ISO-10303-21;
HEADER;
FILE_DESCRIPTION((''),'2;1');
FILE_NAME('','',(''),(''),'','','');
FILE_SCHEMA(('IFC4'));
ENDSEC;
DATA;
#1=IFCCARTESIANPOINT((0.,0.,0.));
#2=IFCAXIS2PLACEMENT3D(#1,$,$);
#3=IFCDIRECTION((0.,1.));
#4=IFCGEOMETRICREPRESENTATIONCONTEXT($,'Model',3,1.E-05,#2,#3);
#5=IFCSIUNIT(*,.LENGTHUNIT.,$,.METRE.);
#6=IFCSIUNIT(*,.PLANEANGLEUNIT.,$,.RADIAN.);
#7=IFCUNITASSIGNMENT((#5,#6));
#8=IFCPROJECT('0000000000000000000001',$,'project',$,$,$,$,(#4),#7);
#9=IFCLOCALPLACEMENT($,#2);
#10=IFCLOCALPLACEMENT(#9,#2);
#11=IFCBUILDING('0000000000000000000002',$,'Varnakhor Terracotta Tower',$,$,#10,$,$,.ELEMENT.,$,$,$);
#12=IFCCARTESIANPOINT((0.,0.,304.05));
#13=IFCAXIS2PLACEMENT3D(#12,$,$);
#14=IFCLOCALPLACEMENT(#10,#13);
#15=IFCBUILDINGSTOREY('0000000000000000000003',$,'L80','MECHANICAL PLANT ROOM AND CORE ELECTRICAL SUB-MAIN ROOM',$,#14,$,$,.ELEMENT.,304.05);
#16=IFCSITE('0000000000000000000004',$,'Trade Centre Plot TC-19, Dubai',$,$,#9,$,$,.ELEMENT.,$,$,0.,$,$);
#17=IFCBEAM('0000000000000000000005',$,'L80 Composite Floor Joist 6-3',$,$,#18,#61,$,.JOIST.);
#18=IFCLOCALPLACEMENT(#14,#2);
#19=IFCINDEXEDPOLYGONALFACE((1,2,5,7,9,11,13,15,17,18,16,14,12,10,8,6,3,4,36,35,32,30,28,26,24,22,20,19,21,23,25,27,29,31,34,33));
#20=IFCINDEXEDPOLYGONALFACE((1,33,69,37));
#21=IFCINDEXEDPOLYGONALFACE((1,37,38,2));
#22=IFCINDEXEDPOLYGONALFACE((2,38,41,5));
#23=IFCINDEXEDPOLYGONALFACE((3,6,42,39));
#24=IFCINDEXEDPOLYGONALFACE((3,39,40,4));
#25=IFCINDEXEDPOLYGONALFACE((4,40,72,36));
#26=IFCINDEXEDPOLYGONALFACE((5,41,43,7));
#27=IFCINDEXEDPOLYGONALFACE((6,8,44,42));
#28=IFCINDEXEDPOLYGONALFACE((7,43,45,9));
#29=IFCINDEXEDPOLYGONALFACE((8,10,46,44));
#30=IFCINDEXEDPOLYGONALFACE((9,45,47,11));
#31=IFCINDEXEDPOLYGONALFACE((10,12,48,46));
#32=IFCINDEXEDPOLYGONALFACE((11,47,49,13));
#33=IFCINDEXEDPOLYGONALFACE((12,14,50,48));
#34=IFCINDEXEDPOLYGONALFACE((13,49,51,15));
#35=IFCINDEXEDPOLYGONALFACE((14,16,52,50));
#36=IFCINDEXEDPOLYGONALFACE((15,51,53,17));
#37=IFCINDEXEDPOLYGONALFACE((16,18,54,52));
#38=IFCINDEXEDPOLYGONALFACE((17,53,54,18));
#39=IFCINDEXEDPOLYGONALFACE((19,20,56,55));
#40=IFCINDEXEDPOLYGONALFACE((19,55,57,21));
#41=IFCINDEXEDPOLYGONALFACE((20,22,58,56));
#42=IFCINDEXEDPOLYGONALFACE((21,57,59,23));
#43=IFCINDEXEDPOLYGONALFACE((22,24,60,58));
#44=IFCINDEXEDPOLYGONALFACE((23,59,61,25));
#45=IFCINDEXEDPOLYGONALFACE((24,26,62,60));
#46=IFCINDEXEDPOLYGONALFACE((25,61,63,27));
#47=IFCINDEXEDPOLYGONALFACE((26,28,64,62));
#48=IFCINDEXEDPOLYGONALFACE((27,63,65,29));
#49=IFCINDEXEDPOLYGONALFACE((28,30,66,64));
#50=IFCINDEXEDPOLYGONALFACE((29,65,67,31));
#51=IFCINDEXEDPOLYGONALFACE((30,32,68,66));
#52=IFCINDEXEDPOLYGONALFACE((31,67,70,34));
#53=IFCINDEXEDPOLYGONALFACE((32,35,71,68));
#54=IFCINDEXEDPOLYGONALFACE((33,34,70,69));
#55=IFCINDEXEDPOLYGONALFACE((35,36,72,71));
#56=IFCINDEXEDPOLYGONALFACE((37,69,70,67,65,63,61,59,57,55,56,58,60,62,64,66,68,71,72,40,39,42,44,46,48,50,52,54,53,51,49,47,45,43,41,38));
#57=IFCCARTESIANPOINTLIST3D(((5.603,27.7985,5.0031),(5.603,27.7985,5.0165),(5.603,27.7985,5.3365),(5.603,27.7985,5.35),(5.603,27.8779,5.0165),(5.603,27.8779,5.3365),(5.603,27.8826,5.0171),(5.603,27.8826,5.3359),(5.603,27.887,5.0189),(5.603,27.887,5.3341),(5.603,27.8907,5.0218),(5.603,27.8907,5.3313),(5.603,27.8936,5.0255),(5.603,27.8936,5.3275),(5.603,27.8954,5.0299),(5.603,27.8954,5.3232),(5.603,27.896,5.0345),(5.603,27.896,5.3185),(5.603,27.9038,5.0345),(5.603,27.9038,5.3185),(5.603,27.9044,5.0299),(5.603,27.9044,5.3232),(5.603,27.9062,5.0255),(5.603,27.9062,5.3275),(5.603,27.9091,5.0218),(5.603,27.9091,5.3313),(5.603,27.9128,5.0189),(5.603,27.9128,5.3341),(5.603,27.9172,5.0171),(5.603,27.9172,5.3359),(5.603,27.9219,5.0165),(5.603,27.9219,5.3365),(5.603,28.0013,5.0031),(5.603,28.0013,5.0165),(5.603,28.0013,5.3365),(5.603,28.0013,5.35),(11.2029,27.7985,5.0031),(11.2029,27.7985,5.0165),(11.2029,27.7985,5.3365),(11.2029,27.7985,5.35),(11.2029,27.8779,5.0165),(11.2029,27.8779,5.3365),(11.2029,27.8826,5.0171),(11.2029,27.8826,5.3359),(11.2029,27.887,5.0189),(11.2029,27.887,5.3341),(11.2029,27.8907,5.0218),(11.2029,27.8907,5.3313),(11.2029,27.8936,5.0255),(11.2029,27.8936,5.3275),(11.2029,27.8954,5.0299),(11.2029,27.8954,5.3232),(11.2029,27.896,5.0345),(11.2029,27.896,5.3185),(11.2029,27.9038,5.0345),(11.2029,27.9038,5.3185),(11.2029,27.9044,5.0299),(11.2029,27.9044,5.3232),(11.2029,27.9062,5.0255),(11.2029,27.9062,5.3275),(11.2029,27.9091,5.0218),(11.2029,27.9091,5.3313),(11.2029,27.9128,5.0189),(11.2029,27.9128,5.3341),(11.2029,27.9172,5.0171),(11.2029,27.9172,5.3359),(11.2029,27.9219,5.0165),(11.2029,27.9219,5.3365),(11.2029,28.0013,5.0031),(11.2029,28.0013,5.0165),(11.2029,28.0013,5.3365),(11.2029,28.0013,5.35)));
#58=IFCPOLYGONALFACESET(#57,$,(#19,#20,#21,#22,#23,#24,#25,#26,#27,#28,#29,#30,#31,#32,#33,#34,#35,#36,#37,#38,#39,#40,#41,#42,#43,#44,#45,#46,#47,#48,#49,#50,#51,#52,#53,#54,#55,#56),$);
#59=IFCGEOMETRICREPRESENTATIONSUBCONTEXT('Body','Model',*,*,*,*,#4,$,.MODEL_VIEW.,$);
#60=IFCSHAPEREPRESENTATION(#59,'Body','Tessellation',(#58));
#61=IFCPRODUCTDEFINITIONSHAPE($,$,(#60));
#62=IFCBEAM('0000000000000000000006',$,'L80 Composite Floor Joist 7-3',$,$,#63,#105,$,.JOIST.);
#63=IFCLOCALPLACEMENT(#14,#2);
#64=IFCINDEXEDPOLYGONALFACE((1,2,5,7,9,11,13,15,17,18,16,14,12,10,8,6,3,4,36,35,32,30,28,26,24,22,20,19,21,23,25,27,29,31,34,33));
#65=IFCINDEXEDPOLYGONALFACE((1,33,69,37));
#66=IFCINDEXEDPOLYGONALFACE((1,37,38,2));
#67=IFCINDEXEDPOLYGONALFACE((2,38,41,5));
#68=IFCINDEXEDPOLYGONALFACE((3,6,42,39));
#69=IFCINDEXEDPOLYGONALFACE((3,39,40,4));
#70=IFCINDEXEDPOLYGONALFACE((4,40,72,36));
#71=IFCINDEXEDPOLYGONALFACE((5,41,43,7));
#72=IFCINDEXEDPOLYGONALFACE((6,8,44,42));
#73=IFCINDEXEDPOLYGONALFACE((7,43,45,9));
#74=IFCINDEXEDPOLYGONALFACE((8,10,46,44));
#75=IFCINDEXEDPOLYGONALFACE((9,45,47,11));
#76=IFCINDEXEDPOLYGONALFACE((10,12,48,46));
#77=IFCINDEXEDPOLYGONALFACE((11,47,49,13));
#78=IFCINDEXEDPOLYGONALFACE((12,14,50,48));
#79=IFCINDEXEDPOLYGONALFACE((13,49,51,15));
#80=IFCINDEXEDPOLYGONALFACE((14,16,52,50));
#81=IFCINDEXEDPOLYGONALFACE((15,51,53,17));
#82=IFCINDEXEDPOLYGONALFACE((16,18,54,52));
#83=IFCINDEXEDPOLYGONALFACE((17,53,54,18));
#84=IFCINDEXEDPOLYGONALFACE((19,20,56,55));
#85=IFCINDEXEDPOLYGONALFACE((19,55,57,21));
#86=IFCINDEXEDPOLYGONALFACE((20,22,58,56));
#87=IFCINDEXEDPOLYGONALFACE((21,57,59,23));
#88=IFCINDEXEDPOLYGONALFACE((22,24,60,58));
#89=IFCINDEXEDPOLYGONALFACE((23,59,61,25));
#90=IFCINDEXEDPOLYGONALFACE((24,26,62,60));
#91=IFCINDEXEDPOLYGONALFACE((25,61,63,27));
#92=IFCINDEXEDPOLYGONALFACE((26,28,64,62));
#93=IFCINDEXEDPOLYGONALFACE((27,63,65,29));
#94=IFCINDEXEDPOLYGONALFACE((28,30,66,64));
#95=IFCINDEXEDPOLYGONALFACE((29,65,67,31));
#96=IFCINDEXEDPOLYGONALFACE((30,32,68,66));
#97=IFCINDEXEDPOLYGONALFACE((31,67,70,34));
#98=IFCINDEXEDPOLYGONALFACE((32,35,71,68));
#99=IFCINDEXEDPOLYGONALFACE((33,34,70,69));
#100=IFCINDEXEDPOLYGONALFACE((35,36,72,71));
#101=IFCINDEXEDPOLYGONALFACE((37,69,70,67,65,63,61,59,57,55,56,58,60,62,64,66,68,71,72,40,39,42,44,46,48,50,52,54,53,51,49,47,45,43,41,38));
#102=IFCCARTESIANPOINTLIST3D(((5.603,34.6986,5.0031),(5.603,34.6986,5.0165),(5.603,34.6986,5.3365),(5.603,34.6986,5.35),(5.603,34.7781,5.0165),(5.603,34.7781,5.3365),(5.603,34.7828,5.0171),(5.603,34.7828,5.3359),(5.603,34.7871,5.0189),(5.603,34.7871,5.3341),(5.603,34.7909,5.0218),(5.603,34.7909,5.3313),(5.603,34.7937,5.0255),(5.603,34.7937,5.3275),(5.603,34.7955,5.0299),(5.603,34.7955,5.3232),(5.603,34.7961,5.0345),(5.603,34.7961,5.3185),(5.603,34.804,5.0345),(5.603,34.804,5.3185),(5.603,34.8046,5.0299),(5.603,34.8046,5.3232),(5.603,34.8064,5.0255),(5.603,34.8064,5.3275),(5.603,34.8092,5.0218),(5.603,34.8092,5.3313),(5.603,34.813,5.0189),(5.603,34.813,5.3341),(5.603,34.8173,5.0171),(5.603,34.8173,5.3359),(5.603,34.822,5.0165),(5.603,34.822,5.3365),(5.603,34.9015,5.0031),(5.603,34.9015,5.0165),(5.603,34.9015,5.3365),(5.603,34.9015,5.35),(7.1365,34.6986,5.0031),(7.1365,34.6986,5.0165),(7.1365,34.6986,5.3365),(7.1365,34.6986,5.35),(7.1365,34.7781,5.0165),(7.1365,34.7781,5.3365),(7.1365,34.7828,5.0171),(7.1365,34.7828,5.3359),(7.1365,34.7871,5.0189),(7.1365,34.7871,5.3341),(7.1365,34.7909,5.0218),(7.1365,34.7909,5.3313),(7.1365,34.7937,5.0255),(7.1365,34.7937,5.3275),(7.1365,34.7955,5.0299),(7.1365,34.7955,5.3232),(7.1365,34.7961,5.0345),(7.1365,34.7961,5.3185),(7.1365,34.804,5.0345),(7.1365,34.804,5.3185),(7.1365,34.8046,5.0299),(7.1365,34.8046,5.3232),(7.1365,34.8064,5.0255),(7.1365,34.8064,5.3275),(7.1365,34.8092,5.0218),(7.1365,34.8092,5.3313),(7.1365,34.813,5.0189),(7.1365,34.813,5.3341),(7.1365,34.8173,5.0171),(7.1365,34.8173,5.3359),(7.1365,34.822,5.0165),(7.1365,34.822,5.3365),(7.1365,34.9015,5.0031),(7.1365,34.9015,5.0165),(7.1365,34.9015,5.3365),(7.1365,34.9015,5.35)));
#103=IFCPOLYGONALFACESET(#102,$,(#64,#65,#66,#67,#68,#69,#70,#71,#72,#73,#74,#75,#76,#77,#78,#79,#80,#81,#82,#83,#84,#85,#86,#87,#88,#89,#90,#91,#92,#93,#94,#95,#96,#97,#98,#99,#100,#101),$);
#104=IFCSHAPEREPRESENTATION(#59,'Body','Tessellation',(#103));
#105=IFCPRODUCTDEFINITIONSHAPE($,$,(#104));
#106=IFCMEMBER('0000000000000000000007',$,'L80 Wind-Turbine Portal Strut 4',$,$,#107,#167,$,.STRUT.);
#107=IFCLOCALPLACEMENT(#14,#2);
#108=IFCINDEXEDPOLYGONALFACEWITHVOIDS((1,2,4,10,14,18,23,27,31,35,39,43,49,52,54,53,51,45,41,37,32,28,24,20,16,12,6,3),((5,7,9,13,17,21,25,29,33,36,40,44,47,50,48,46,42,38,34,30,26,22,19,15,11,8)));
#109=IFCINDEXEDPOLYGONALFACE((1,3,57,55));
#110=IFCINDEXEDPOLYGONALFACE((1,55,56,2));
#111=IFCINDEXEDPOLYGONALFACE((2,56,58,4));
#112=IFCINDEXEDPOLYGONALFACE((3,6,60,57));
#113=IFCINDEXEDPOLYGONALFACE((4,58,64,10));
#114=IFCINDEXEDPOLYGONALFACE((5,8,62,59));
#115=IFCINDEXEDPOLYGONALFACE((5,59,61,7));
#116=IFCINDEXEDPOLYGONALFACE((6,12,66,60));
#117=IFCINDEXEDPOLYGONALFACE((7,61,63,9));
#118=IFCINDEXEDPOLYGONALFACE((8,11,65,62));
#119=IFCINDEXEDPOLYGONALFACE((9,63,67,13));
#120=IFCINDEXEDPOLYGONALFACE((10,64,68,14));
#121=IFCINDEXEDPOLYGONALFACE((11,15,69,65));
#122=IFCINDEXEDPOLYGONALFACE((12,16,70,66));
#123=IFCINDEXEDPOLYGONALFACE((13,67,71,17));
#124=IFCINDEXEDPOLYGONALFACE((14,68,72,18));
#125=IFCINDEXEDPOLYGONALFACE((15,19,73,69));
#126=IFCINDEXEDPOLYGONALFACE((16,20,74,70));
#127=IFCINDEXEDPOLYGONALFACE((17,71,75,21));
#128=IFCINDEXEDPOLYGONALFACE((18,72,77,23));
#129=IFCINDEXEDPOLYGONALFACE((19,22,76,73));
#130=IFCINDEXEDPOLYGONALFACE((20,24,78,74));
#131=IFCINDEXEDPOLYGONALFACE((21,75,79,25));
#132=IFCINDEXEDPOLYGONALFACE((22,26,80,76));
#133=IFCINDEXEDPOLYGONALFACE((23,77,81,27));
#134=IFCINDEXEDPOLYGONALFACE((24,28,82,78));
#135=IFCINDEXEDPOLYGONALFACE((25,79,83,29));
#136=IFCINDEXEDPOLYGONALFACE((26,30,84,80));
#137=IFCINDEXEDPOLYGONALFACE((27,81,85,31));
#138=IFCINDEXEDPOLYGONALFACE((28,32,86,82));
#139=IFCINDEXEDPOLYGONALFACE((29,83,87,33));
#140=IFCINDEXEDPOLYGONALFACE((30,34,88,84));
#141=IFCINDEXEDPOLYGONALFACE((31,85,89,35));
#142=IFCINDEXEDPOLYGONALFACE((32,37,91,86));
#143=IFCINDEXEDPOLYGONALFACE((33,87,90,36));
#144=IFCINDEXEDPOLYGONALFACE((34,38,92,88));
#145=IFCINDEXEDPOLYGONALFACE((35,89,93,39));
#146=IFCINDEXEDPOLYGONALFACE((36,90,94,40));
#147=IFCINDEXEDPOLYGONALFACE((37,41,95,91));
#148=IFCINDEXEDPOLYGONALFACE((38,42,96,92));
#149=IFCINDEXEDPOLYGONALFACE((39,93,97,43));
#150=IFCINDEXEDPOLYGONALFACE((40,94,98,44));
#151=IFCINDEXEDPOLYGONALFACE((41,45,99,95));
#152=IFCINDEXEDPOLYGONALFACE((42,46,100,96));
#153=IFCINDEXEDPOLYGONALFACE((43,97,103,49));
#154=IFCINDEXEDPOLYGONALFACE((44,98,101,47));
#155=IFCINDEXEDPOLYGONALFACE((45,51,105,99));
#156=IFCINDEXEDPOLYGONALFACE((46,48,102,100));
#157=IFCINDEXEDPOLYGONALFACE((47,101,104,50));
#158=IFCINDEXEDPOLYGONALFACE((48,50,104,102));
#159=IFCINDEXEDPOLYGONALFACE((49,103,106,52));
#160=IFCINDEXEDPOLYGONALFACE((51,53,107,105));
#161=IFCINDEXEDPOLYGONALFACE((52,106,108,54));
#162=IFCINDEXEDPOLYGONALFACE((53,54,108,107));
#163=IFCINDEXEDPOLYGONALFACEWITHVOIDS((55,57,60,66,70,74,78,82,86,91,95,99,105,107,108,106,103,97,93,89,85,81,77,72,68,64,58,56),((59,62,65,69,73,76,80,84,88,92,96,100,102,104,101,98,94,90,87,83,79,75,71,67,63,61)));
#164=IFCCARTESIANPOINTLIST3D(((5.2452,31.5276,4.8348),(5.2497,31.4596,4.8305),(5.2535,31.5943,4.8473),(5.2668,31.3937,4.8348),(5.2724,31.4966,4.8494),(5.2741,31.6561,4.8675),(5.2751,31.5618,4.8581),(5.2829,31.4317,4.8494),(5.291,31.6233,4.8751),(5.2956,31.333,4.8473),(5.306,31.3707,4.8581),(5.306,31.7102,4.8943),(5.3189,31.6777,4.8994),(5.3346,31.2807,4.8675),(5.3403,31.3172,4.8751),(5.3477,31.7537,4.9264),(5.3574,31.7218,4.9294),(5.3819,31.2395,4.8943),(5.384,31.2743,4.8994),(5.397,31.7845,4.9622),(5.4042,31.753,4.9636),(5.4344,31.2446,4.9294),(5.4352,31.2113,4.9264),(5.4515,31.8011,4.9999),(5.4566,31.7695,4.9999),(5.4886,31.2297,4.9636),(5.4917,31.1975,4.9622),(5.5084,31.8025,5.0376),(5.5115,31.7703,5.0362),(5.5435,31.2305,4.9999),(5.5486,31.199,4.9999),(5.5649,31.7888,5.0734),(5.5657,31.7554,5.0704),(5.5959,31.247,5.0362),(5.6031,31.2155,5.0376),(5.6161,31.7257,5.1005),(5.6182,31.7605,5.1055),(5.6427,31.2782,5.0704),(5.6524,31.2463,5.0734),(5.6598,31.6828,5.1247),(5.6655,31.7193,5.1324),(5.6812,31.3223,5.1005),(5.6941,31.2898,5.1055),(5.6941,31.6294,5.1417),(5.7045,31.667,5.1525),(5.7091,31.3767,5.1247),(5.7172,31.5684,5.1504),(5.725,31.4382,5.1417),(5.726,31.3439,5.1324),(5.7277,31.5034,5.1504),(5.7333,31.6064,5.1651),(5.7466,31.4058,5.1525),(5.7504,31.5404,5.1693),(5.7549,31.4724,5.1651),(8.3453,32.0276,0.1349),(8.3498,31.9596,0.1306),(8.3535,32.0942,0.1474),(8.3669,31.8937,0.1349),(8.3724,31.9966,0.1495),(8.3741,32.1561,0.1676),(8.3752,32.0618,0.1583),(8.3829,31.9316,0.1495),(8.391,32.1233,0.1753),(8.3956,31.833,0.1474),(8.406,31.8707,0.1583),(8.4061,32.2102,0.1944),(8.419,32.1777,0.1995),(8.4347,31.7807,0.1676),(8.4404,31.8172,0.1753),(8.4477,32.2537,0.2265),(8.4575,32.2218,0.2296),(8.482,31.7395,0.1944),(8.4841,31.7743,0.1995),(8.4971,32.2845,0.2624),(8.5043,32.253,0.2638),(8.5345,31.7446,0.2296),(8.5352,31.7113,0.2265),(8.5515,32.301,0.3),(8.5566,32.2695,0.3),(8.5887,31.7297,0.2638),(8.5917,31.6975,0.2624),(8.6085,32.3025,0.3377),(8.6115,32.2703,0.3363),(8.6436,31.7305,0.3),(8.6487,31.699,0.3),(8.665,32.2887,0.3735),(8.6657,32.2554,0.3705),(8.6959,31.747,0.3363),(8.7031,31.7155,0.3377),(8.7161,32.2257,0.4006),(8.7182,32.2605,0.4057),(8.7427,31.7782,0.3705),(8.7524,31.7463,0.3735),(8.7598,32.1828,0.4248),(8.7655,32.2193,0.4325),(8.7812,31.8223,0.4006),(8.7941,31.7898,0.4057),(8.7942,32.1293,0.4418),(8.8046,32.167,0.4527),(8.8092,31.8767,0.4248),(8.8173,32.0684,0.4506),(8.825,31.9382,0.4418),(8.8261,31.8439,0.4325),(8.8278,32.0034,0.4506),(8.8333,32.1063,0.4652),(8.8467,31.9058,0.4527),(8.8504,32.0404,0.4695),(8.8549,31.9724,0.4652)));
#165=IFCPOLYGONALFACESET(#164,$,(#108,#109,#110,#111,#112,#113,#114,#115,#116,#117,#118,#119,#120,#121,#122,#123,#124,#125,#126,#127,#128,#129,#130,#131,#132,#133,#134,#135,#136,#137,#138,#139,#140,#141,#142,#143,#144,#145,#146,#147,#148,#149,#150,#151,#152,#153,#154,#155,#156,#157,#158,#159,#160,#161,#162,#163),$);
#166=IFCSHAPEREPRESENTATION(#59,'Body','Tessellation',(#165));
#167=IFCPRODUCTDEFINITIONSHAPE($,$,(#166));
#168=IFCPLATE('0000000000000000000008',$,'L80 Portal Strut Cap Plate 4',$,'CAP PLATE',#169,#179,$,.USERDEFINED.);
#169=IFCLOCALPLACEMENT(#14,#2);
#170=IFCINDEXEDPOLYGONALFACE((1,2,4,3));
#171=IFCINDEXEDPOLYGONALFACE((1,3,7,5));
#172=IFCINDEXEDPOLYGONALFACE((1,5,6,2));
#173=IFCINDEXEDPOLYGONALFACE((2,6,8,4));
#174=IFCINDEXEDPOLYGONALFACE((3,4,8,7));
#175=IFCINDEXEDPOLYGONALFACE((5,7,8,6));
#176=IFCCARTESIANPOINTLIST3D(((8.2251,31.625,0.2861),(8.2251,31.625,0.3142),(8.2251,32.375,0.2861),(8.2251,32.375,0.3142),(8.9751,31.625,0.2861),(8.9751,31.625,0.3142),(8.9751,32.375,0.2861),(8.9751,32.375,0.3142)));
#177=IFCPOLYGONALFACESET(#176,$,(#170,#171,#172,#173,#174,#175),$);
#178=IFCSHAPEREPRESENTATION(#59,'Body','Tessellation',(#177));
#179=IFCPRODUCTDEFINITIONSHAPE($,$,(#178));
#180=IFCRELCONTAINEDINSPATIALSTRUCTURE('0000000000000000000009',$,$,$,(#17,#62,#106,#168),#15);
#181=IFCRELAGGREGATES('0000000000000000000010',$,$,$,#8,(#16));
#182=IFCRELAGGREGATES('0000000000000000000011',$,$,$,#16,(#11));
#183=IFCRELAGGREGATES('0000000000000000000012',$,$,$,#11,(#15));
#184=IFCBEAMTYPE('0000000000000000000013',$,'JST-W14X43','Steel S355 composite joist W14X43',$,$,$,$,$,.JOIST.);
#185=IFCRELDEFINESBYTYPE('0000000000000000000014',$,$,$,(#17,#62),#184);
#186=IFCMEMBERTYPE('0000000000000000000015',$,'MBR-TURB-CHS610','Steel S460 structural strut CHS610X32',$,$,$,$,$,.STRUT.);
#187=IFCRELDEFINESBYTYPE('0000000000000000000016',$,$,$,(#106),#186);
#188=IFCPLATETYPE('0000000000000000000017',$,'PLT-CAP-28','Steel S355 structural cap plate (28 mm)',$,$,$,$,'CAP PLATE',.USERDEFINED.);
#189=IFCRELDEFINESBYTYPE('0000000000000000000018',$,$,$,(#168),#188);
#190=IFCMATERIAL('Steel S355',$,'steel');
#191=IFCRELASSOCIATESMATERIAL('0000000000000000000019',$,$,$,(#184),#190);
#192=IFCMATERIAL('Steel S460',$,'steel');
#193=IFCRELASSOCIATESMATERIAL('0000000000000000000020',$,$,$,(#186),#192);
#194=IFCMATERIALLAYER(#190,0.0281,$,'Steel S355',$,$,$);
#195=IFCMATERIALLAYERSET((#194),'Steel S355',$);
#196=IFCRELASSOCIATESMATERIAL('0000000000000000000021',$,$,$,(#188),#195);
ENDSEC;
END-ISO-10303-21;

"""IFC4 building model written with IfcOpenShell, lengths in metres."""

from ifc_helpers import new_model, si_unit, direction, frame, origin, origin_2d, place, context, subcontext, project, spatial, rectangle, hollow_circle, i_section, extrude, source, transform, mapped, material, layer, layer_set, material_profile, profile_set, type_object, type_shapes, element, save


model = new_model("IFC4")

# Units and contexts
model_context = context("Model", 3, precision=1e-05, world=origin(), true_north=direction((0.0, 1.0)))
body_context = subcontext(model_context, "Body", "Model", "MODEL_VIEW")
ifc_project = project(units=[si_unit("LENGTHUNIT", "METRE"), si_unit("PLANEANGLEUNIT", "RADIAN")], contexts=[model_context])

# Site, building, storey
site_placement = place(None, origin())
site = spatial("IfcSite", under=ifc_project, at=site_placement, Name="Trade Centre Plot TC-19, Dubai", CompositionType="ELEMENT", RefElevation=0.0)
building_placement = place(site_placement, origin())
building = spatial("IfcBuilding", under=site, at=building_placement, Name="Varnakhor Terracotta Tower", CompositionType="ELEMENT")
storey_placement = place(building_placement, frame((0.0, 0.0, 304.05)))
storey = spatial("IfcBuildingStorey", under=building, at=storey_placement, Name="L80", Description="MECHANICAL PLANT ROOM AND CORE ELECTRICAL SUB-MAIN ROOM", CompositionType="ELEMENT", Elevation=304.05)

# Shared definitions
ifc_material_1 = material(Name="Steel S355", Category="steel")

# Beams
ifc_material_profile_1 = material_profile(ifc_material_1, i_section(OverallWidth=0.2029, OverallDepth=0.3469, WebThickness=0.0078, FlangeThickness=0.0134, FilletRadius=0.0181, at=origin_2d()), Name="W14X43")
ifc_profile_set_1 = profile_set([ifc_material_profile_1], Name="Steel S355")
beam_type_1 = type_object("IfcBeamType", Name="JST-W14X43", Description="Steel S355 composite joist W14X43", PredefinedType="JOIST", material=ifc_profile_set_1)
shared_shape_1 = source(origin(), body_context, "Body", "SweptSolid", [
    extrude(i_section(OverallWidth=0.2029, OverallDepth=0.3469, WebThickness=0.0078, FlangeThickness=0.0134, FilletRadius=0.0181, at=origin_2d()), origin(), (0.0, 0.0, 1.0), 5.5999),
])
beam_1_placement = place(storey_placement, frame((5.603, 27.8999, 5.1765), z_axis=(1.0, 0.0, 0.0), x_axis=(0.0, 1.0, 0.0)))
element("IfcBeam", 1, at=beam_1_placement, inside=storey, type_object=beam_type_1, Name="L80 Composite Floor Joist 6-3", PredefinedType="JOIST", context=body_context, shape_type="MappedRepresentation", body=[
    mapped(shared_shape_1, transform((0.0, 0.0, 0.0), scale=1.0)),
])
shared_shape_2 = source(origin(), body_context, "Body", "SweptSolid", [
    extrude(i_section(OverallWidth=0.2029, OverallDepth=0.3469, WebThickness=0.0078, FlangeThickness=0.0134, FilletRadius=0.0181, at=origin_2d()), origin(), (0.0, 0.0, 1.0), 1.5334),
])
beam_2_placement = place(storey_placement, frame((5.603, 34.8, 5.1765), z_axis=(1.0, 0.0, 0.0), x_axis=(0.0, 1.0, 0.0)))
element("IfcBeam", 2, at=beam_2_placement, inside=storey, type_object=beam_type_1, Name="L80 Composite Floor Joist 7-3", PredefinedType="JOIST", context=body_context, shape_type="MappedRepresentation", body=[
    mapped(shared_shape_2, transform((0.0, 0.0, 0.0), scale=1.0)),
])

# Member
ifc_material_2 = material(Name="Steel S460", Category="steel")
ifc_material_profile_2 = material_profile(ifc_material_2, hollow_circle(Radius=0.3049, WallThickness=0.032, at=origin_2d()), Name="CHS610X32")
ifc_profile_set_2 = profile_set([ifc_material_profile_2], Name="Steel S460")
member_type = type_object("IfcMemberType", Name="MBR-TURB-CHS610", Description="Steel S460 structural strut CHS610X32", PredefinedType="STRUT", material=ifc_profile_set_2)
shared_shape_3 = source(origin(), body_context, "Body", "SweptSolid", [
    extrude(hollow_circle(Radius=0.3049, WallThickness=0.032, at=origin_2d()), origin(), (0.0, 0.0, 1.0), 5.6523),
])
member_placement = place(storey_placement, frame((8.6001, 32.0, 0.3), z_axis=(-0.548452, -0.088457, 0.83149), x_axis=(0.159228, -0.987242, 0.0)))
element("IfcMember", 3, at=member_placement, inside=storey, type_object=member_type, Name="L80 Wind-Turbine Portal Strut 4", PredefinedType="STRUT", context=body_context, shape_type="MappedRepresentation", body=[
    mapped(shared_shape_3, transform((0.0, 0.0, 0.0), scale=1.0)),
])

# Plate
ifc_layer_1 = layer(ifc_material_1, 0.0281, Name="Steel S355")
ifc_layer_set_1 = layer_set([ifc_layer_1], Name="Steel S355")
plate_type_1 = type_object("IfcPlateType", Name="PLT-CAP-28", Description="Steel S355 structural cap plate (28 mm)", ElementType="CAP PLATE", PredefinedType="USERDEFINED", material=ifc_layer_set_1)
shared_shape_4 = source(origin(), body_context, "Body", "SweptSolid", [
    extrude(rectangle(XDim=0.75, YDim=0.75, at=origin_2d()), origin(), (0.0, 0.0, 1.0), 0.0281),
])
type_shapes(plate_type_1, [shared_shape_4])
plate_placement = place(storey_placement, frame((8.6001, 32.0, 0.2861), z_axis=(0.0, 0.0, 1.0), x_axis=(1.0, 0.0, 0.0)))
element("IfcPlate", 4, at=plate_placement, inside=storey, type_object=plate_type_1, Name="L80 Portal Strut Cap Plate 4", ObjectType="CAP PLATE", PredefinedType="USERDEFINED", context=body_context, shape_type="MappedRepresentation", body=[
    mapped(shared_shape_4, transform((0.0, 0.0, 0.0), scale=1.0)),
])

save(model, "model.ifc")
